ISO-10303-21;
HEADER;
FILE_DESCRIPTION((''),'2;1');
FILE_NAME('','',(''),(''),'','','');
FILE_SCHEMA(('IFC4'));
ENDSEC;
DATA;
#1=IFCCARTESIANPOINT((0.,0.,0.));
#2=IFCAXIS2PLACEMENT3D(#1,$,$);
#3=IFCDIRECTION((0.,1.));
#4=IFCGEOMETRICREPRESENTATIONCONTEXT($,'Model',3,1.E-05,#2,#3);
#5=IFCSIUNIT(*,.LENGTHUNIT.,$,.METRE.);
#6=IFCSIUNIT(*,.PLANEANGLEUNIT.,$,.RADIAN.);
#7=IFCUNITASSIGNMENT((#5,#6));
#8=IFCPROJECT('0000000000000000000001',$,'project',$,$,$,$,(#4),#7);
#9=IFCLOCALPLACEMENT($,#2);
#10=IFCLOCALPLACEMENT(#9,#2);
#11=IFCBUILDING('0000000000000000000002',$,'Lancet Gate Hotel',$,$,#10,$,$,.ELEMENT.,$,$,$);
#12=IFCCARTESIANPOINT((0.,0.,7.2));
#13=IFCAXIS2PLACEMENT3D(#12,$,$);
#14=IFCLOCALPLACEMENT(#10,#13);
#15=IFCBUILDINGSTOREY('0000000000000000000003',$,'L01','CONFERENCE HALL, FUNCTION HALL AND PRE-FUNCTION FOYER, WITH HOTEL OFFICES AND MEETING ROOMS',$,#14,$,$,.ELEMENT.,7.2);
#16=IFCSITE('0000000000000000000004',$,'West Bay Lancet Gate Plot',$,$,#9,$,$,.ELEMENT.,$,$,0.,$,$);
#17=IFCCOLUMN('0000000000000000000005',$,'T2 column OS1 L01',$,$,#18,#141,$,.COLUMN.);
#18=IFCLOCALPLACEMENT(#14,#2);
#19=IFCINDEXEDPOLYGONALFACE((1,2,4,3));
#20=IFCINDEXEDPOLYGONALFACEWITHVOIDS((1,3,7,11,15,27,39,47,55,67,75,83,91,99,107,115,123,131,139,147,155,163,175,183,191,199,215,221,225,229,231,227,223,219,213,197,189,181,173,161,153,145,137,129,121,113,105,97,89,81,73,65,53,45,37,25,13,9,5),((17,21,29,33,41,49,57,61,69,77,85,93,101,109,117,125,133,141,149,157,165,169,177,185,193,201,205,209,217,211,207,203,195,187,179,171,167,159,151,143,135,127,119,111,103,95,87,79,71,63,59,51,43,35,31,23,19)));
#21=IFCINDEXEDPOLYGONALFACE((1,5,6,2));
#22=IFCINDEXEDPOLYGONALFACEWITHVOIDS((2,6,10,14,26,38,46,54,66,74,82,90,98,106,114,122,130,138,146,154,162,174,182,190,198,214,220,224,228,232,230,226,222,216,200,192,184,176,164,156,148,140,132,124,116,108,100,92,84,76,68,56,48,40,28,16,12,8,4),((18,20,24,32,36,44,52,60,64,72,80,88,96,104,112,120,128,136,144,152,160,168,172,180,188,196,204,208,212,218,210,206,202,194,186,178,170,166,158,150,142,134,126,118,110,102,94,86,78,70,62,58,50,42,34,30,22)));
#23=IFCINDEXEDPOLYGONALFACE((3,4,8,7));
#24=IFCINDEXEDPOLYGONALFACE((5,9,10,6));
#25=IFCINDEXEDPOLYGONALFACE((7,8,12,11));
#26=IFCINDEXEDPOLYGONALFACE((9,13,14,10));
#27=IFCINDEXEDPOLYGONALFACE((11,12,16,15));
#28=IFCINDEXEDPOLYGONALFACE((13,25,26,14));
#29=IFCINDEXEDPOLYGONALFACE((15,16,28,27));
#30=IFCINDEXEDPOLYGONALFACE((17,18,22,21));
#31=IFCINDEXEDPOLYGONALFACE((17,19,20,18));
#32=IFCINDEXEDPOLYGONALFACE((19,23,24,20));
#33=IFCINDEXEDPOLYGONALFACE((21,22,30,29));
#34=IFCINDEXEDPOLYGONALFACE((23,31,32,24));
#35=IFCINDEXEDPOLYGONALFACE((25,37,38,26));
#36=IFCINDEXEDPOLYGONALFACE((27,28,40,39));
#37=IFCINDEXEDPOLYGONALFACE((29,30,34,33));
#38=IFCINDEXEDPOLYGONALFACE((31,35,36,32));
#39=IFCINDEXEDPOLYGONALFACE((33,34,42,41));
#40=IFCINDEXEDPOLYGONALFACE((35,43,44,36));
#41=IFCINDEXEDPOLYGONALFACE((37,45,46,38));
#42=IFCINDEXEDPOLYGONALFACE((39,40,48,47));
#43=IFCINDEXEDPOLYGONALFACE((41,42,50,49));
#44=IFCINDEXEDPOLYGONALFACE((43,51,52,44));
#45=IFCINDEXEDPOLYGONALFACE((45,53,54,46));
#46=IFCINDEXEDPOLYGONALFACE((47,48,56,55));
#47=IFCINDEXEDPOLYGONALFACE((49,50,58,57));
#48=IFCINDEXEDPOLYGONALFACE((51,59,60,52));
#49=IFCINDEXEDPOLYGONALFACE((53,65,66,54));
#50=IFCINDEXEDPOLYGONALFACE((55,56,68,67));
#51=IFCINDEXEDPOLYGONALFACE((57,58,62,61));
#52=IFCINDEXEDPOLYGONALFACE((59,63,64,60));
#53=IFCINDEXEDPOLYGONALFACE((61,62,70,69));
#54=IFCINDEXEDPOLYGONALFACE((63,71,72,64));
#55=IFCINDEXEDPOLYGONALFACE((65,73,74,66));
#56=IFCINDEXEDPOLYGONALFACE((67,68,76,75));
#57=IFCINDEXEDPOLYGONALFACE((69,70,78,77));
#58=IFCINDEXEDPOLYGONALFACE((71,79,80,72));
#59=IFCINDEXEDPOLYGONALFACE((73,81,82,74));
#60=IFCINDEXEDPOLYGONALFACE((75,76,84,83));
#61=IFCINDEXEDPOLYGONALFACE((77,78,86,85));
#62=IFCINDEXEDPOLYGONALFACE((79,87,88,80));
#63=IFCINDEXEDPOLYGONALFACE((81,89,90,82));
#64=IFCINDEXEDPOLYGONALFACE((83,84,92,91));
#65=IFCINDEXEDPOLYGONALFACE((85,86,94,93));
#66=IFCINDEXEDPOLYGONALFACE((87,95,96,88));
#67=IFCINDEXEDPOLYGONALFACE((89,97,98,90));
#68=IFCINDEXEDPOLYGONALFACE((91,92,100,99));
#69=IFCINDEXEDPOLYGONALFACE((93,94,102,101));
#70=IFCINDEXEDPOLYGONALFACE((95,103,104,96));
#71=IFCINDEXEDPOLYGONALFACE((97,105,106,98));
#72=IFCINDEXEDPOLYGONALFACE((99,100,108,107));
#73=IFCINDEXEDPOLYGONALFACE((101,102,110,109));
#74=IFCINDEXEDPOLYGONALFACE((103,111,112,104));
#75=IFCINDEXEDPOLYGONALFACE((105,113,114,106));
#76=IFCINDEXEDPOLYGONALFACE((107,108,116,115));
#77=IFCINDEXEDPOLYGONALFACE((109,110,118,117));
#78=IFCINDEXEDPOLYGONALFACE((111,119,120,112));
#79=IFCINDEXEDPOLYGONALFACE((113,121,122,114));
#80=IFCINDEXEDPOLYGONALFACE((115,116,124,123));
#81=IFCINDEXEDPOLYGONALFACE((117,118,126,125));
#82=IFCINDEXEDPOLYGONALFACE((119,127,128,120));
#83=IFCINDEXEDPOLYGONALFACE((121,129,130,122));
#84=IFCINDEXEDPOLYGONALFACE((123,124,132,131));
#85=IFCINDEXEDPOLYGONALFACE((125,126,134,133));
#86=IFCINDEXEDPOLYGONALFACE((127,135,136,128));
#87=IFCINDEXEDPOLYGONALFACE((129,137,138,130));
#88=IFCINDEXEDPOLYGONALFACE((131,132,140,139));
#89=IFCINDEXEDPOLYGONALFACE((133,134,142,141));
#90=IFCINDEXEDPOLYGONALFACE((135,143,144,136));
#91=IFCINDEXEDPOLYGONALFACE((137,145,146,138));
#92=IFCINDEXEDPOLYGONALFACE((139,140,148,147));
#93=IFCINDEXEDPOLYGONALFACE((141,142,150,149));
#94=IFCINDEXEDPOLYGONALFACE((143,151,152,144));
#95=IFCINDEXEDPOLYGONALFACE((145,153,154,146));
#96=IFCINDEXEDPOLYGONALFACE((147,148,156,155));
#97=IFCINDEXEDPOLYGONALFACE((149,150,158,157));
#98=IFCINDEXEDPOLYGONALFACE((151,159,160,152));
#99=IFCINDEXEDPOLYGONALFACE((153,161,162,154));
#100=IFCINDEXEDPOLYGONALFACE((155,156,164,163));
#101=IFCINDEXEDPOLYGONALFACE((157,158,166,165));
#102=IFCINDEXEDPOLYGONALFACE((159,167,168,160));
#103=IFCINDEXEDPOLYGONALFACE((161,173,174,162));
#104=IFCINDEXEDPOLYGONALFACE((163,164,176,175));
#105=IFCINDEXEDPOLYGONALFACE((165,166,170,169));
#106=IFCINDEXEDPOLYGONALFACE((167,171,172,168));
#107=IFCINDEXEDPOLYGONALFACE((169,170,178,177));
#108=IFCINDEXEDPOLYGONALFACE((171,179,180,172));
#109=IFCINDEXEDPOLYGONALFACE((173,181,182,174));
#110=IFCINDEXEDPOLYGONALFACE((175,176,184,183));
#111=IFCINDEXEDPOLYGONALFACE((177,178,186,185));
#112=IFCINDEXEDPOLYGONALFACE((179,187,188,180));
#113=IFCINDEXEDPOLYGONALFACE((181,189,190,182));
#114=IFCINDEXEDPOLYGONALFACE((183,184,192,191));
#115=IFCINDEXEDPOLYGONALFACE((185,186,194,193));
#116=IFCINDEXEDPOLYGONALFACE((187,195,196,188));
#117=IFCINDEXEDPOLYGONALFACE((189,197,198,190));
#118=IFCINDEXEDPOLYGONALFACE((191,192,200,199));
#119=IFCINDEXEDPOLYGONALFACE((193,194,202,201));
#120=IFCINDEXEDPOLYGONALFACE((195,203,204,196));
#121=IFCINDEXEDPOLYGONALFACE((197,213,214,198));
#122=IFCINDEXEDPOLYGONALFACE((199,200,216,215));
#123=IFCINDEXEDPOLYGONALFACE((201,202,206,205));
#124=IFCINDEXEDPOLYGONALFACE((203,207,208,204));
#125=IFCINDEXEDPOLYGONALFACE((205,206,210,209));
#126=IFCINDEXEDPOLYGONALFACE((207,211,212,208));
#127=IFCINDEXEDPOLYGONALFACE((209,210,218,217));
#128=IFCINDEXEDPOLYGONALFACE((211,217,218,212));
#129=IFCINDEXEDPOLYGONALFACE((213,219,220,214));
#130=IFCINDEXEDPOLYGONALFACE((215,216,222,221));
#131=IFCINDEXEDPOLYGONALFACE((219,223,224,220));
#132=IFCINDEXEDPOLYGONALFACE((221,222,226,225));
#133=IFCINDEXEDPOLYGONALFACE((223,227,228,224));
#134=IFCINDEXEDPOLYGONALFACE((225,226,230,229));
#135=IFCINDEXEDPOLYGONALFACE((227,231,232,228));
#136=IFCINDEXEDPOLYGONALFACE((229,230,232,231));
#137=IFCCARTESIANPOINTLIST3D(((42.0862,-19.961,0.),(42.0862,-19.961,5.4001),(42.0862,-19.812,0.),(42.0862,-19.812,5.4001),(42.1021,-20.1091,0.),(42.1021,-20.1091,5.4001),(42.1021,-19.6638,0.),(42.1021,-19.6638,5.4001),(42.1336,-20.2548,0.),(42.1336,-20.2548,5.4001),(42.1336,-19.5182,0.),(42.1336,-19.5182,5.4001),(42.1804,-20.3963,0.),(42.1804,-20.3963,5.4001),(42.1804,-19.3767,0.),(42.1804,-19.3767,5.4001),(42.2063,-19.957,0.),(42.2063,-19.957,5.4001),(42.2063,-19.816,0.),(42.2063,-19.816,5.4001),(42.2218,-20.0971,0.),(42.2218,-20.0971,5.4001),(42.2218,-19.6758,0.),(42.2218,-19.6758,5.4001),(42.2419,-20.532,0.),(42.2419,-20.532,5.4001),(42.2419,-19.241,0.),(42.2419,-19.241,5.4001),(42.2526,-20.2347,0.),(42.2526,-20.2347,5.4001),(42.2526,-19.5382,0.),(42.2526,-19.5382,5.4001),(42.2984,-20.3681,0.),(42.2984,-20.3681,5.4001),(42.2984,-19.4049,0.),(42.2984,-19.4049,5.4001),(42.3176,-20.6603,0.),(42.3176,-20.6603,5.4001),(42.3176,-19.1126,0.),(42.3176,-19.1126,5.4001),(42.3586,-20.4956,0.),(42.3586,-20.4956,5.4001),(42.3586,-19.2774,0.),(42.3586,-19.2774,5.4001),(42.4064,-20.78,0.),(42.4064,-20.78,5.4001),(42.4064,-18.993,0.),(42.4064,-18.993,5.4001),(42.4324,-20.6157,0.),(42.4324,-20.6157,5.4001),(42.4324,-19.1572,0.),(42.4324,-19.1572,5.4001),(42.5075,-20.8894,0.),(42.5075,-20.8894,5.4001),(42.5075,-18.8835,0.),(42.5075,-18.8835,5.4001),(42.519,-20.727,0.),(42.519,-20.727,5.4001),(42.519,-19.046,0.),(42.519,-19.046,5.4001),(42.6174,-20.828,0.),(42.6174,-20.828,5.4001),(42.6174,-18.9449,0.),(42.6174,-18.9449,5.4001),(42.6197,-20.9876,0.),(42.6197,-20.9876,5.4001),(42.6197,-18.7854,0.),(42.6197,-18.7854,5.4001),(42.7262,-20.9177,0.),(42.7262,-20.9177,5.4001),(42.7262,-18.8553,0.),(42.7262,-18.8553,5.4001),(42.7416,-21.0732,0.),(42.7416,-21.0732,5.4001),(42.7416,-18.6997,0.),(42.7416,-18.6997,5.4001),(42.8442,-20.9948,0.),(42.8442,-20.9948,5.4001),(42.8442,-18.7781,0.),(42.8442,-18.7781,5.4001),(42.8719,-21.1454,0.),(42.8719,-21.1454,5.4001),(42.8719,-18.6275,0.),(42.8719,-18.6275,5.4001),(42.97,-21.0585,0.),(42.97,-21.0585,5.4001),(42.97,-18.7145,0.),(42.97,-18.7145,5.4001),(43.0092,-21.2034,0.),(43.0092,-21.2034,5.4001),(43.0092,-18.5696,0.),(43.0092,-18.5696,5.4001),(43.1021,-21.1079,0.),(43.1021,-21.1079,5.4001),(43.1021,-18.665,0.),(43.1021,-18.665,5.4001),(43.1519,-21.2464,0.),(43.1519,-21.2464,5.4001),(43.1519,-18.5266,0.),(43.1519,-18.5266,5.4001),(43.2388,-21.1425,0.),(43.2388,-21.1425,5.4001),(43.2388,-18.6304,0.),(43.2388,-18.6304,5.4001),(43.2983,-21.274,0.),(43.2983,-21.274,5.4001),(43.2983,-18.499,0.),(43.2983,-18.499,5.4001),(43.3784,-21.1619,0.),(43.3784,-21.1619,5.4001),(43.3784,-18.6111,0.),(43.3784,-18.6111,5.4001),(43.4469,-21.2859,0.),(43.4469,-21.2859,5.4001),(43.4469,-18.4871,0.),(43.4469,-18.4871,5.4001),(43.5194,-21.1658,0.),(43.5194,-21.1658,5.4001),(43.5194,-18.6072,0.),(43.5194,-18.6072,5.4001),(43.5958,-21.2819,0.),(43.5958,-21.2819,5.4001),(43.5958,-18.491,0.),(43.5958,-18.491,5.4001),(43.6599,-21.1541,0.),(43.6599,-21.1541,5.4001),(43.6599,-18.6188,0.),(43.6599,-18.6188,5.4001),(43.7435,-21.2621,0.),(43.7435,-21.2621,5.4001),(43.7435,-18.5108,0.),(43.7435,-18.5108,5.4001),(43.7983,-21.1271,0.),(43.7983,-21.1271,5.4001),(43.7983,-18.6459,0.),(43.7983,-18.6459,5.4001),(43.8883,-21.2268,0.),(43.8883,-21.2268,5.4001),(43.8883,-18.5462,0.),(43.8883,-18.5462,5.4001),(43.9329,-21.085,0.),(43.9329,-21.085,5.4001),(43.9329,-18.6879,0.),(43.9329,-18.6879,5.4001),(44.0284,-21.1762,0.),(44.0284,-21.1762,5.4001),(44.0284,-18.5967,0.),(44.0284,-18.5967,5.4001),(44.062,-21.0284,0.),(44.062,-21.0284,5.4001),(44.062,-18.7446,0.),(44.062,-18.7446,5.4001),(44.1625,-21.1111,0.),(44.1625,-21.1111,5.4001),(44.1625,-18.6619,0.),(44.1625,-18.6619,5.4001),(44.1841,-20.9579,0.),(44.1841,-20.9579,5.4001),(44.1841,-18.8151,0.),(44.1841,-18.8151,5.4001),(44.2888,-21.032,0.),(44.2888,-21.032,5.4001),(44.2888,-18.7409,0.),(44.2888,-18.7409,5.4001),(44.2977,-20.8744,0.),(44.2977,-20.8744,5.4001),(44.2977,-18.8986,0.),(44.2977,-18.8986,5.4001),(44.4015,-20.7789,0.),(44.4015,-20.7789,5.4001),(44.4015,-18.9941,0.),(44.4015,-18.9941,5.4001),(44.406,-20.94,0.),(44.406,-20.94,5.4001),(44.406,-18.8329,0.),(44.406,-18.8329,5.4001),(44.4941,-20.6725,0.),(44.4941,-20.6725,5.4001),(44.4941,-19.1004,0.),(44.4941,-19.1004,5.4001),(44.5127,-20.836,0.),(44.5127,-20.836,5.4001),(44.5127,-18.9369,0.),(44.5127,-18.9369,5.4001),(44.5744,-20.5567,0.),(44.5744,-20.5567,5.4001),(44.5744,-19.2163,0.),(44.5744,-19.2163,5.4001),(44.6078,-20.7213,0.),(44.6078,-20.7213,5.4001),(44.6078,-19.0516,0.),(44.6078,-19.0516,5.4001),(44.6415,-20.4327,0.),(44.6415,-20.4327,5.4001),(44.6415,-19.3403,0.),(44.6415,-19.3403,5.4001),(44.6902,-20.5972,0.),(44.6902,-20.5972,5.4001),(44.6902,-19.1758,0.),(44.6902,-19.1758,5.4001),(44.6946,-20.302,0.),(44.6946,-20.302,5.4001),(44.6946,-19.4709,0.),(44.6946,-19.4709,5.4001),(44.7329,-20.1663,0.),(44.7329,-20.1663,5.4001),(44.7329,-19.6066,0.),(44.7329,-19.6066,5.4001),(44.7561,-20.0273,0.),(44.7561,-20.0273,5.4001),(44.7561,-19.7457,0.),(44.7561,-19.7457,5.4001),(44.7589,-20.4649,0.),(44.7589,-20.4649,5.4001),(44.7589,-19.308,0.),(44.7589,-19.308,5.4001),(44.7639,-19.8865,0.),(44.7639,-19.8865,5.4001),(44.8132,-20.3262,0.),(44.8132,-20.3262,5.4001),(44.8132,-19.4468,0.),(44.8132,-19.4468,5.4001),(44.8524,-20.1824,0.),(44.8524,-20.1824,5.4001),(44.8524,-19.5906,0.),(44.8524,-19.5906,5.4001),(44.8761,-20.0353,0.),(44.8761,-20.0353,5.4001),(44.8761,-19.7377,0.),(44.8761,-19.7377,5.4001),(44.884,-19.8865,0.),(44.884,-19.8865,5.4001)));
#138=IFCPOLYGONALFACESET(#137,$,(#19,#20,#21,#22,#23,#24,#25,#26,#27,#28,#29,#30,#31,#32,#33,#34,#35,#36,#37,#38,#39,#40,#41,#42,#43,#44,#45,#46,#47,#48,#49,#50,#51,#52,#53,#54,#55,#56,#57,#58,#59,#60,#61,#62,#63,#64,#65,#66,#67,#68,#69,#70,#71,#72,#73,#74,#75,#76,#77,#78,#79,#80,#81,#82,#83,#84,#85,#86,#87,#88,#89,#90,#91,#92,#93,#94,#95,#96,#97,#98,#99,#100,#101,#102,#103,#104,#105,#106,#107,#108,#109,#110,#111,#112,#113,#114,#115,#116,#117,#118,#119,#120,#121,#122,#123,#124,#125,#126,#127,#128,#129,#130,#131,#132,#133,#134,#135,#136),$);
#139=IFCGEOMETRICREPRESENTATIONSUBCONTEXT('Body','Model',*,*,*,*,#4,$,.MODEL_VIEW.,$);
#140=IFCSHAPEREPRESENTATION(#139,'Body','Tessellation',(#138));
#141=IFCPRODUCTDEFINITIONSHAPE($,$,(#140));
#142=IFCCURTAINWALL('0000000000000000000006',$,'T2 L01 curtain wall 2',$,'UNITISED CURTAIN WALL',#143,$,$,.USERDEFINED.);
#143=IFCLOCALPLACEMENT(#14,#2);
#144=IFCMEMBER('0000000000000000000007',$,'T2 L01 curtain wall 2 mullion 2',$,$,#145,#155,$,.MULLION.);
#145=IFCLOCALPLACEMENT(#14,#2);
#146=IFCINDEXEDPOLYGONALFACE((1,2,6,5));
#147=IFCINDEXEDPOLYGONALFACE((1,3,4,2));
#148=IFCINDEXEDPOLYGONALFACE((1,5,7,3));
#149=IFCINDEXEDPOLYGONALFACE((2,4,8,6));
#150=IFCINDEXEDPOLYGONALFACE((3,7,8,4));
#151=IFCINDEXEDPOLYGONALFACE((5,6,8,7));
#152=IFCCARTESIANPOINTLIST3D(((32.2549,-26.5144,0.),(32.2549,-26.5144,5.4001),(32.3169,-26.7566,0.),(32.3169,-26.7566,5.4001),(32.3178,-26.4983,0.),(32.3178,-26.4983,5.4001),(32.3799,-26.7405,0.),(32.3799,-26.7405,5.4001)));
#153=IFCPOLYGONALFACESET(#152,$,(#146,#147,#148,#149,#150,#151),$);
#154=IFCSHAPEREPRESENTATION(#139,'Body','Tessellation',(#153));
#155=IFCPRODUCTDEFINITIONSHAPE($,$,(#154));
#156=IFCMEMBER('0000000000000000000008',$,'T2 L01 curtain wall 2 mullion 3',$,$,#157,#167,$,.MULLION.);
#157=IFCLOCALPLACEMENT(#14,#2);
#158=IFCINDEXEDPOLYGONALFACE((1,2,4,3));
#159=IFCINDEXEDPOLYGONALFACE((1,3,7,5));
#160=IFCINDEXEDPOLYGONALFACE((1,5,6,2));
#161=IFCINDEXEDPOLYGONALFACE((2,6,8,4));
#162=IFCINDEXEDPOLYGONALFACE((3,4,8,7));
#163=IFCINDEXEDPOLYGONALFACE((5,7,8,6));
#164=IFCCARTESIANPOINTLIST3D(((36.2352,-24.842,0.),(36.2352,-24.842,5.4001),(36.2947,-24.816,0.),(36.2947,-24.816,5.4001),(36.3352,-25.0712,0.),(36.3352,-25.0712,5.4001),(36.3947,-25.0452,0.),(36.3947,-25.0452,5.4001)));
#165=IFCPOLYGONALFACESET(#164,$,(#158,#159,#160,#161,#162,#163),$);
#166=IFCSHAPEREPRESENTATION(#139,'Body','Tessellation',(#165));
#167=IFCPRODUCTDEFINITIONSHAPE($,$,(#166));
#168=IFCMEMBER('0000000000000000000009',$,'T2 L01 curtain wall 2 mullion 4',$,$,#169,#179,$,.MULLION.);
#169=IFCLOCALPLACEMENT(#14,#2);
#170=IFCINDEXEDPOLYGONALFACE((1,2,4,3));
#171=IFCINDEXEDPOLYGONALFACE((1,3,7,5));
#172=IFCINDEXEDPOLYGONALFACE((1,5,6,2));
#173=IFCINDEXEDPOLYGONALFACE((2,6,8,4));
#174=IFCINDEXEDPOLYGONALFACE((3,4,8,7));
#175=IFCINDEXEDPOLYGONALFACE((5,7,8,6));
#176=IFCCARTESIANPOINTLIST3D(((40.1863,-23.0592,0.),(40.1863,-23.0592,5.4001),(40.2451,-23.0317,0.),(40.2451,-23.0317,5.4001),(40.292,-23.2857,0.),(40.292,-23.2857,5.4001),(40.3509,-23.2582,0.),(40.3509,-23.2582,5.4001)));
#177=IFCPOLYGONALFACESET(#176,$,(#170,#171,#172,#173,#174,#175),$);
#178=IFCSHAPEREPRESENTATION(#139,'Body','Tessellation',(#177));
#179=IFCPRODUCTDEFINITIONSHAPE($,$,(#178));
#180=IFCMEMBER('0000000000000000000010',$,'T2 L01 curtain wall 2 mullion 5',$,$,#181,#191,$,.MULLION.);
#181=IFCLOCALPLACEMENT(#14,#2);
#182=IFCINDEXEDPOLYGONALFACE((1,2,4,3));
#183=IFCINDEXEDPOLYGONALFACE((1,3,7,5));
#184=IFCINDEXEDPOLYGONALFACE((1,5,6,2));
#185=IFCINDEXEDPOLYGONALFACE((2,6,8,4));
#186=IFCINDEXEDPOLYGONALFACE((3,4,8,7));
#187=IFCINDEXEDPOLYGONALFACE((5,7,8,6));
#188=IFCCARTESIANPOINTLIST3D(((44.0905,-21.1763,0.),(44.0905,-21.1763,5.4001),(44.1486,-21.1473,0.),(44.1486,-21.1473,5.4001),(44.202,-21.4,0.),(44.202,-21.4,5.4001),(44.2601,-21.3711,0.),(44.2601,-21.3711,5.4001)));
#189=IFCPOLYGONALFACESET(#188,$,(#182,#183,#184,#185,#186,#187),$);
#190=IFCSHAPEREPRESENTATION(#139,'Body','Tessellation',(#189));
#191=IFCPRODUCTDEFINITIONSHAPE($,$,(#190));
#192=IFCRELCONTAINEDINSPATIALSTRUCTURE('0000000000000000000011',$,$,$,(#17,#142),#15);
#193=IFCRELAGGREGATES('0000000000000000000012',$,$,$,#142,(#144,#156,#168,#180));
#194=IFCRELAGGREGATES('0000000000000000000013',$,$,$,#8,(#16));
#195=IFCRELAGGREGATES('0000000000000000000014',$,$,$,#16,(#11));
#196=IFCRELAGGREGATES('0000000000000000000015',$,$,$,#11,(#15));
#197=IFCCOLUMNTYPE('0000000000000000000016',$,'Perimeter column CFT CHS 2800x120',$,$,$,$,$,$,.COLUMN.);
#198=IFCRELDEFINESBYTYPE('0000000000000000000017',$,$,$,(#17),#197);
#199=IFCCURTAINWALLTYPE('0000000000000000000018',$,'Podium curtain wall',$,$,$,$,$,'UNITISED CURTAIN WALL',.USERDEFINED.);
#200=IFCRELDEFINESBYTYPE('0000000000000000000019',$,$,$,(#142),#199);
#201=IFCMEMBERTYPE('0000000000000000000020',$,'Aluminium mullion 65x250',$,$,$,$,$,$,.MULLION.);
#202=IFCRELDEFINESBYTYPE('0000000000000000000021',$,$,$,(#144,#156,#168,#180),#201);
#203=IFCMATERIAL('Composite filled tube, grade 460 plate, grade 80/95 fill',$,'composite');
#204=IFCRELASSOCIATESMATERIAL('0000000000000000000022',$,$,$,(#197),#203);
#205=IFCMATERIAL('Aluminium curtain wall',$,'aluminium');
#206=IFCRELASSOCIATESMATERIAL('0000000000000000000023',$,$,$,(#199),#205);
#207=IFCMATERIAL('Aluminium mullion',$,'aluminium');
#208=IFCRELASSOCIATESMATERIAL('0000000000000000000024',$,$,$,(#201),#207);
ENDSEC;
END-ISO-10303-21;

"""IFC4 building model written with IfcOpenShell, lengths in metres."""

from ifc_helpers import new_model, si_unit, direction, frame, origin, origin_2d, place, context, subcontext, project, spatial, rectangle, hollow_circle, extrude, material, material_profile, profile_set, type_object, element, aggregate, save


model = new_model("IFC4")

# Units and contexts
model_context = context("Model", 3, precision=1e-05, world=origin(), true_north=direction((0.0, 1.0)))
body_context = subcontext(model_context, "Body", "Model", "MODEL_VIEW")
ifc_project = project(units=[si_unit("LENGTHUNIT", "METRE"), si_unit("PLANEANGLEUNIT", "RADIAN")], contexts=[model_context])

# Site, building, storey
site_placement = place(None, origin())
site = spatial("IfcSite", under=ifc_project, at=site_placement, Name="West Bay Lancet Gate Plot", CompositionType="ELEMENT", RefElevation=0.0)
building_placement = place(site_placement, origin())
building = spatial("IfcBuilding", under=site, at=building_placement, Name="Lancet Gate Hotel", CompositionType="ELEMENT")
storey_placement = place(building_placement, frame((0.0, 0.0, 7.2)))
storey = spatial("IfcBuildingStorey", under=building, at=storey_placement, Name="L01", Description="CONFERENCE HALL, FUNCTION HALL AND PRE-FUNCTION FOYER, WITH HOTEL OFFICES AND MEETING ROOMS", CompositionType="ELEMENT", Elevation=7.2)

# Column
ifc_material_1 = material(Name="Composite filled tube, grade 460 plate, grade 80/95 fill", Category="composite")
ifc_material_profile_1 = material_profile(ifc_material_1, hollow_circle(Radius=1.3999, WallThickness=0.1201, at=origin_2d()), Name="CHS 2800x120")
ifc_profile_set_1 = profile_set([ifc_material_profile_1], Name="Composite filled tube, grade 460 plate, grade 80/95 fill")
column_type = type_object("IfcColumnType", Name="Perimeter column CFT CHS 2800x120", PredefinedType="COLUMN", material=ifc_profile_set_1)
column_placement = place(storey_placement, frame((43.4841, -19.8865, 0.0), z_axis=(0.0, 0.0, 1.0), x_axis=(1.0, 0.0, 0.0)))
element("IfcColumn", 1, at=column_placement, inside=storey, type_object=column_type, Name="T2 column OS1 L01", PredefinedType="COLUMN", context=body_context, shape_type="SweptSolid", body=[
    extrude(hollow_circle(Radius=1.3999, WallThickness=0.1201, at=origin_2d()), origin(), (0.0, 0.0, 1.0), 5.4001),
])

# Curtain wall, members
ifc_material_2 = material(Name="Aluminium curtain wall", Category="aluminium")
curtain_wall_type = type_object("IfcCurtainWallType", Name="Podium curtain wall", ElementType="UNITISED CURTAIN WALL", PredefinedType="USERDEFINED", material=ifc_material_2)
curtain_wall_placement = place(storey_placement, origin())
curtain_wall = element("IfcCurtainWall", 2, at=curtain_wall_placement, inside=storey, type_object=curtain_wall_type, Name="T2 L01 curtain wall 2", ObjectType="UNITISED CURTAIN WALL", PredefinedType="USERDEFINED")
ifc_material_3 = material(Name="Aluminium mullion", Category="aluminium")
ifc_material_profile_2 = material_profile(ifc_material_3, rectangle(XDim=0.0649, YDim=0.25, at=origin_2d()), Name="MULLION 65x250")
ifc_profile_set_2 = profile_set([ifc_material_profile_2], Name="Aluminium mullion")
member_type_1 = type_object("IfcMemberType", Name="Aluminium mullion 65x250", PredefinedType="MULLION", material=ifc_profile_set_2)
member_1_placement = place(storey_placement, frame((32.3174, -26.6274, 0.0), z_axis=(0.0, 0.0, 1.0), x_axis=(0.968721, 0.24815, 0.0)))
member_1 = element("IfcMember", 3, at=member_1_placement, type_object=member_type_1, Name="T2 L01 curtain wall 2 mullion 2", PredefinedType="MULLION", context=body_context, shape_type="SweptSolid", body=[
    extrude(rectangle(XDim=0.0649, YDim=0.25, at=origin_2d()), origin(), (0.0, 0.0, 1.0), 5.4001),
])
member_2_placement = place(storey_placement, frame((36.3149, -24.9436, 0.0), z_axis=(0.0, 0.0, 1.0), x_axis=(0.916579, 0.399854, 0.0)))
member_2 = element("IfcMember", 4, at=member_2_placement, type_object=member_type_1, Name="T2 L01 curtain wall 2 mullion 3", PredefinedType="MULLION", context=body_context, shape_type="SweptSolid", body=[
    extrude(rectangle(XDim=0.0649, YDim=0.25, at=origin_2d()), origin(), (0.0, 0.0, 1.0), 5.4001),
])
member_3_placement = place(storey_placement, frame((40.2686, -23.1587, 0.0), z_axis=(0.0, 0.0, 1.0), x_axis=(0.906105, 0.423053, 0.0)))
member_3 = element("IfcMember", 5, at=member_3_placement, type_object=member_type_1, Name="T2 L01 curtain wall 2 mullion 4", PredefinedType="MULLION", context=body_context, shape_type="SweptSolid", body=[
    extrude(rectangle(XDim=0.0649, YDim=0.25, at=origin_2d()), origin(), (0.0, 0.0, 1.0), 5.4001),
])
member_4_placement = place(storey_placement, frame((44.1753, -21.2737, 0.0), z_axis=(0.0, 0.0, 1.0), x_axis=(0.895044, 0.445978, 0.0)))
member_4 = element("IfcMember", 6, at=member_4_placement, type_object=member_type_1, Name="T2 L01 curtain wall 2 mullion 5", PredefinedType="MULLION", context=body_context, shape_type="SweptSolid", body=[
    extrude(rectangle(XDim=0.0649, YDim=0.25, at=origin_2d()), origin(), (0.0, 0.0, 1.0), 5.4001),
])

aggregate(curtain_wall, [member_1, member_2, member_3, member_4])

save(model, "model.ifc")
